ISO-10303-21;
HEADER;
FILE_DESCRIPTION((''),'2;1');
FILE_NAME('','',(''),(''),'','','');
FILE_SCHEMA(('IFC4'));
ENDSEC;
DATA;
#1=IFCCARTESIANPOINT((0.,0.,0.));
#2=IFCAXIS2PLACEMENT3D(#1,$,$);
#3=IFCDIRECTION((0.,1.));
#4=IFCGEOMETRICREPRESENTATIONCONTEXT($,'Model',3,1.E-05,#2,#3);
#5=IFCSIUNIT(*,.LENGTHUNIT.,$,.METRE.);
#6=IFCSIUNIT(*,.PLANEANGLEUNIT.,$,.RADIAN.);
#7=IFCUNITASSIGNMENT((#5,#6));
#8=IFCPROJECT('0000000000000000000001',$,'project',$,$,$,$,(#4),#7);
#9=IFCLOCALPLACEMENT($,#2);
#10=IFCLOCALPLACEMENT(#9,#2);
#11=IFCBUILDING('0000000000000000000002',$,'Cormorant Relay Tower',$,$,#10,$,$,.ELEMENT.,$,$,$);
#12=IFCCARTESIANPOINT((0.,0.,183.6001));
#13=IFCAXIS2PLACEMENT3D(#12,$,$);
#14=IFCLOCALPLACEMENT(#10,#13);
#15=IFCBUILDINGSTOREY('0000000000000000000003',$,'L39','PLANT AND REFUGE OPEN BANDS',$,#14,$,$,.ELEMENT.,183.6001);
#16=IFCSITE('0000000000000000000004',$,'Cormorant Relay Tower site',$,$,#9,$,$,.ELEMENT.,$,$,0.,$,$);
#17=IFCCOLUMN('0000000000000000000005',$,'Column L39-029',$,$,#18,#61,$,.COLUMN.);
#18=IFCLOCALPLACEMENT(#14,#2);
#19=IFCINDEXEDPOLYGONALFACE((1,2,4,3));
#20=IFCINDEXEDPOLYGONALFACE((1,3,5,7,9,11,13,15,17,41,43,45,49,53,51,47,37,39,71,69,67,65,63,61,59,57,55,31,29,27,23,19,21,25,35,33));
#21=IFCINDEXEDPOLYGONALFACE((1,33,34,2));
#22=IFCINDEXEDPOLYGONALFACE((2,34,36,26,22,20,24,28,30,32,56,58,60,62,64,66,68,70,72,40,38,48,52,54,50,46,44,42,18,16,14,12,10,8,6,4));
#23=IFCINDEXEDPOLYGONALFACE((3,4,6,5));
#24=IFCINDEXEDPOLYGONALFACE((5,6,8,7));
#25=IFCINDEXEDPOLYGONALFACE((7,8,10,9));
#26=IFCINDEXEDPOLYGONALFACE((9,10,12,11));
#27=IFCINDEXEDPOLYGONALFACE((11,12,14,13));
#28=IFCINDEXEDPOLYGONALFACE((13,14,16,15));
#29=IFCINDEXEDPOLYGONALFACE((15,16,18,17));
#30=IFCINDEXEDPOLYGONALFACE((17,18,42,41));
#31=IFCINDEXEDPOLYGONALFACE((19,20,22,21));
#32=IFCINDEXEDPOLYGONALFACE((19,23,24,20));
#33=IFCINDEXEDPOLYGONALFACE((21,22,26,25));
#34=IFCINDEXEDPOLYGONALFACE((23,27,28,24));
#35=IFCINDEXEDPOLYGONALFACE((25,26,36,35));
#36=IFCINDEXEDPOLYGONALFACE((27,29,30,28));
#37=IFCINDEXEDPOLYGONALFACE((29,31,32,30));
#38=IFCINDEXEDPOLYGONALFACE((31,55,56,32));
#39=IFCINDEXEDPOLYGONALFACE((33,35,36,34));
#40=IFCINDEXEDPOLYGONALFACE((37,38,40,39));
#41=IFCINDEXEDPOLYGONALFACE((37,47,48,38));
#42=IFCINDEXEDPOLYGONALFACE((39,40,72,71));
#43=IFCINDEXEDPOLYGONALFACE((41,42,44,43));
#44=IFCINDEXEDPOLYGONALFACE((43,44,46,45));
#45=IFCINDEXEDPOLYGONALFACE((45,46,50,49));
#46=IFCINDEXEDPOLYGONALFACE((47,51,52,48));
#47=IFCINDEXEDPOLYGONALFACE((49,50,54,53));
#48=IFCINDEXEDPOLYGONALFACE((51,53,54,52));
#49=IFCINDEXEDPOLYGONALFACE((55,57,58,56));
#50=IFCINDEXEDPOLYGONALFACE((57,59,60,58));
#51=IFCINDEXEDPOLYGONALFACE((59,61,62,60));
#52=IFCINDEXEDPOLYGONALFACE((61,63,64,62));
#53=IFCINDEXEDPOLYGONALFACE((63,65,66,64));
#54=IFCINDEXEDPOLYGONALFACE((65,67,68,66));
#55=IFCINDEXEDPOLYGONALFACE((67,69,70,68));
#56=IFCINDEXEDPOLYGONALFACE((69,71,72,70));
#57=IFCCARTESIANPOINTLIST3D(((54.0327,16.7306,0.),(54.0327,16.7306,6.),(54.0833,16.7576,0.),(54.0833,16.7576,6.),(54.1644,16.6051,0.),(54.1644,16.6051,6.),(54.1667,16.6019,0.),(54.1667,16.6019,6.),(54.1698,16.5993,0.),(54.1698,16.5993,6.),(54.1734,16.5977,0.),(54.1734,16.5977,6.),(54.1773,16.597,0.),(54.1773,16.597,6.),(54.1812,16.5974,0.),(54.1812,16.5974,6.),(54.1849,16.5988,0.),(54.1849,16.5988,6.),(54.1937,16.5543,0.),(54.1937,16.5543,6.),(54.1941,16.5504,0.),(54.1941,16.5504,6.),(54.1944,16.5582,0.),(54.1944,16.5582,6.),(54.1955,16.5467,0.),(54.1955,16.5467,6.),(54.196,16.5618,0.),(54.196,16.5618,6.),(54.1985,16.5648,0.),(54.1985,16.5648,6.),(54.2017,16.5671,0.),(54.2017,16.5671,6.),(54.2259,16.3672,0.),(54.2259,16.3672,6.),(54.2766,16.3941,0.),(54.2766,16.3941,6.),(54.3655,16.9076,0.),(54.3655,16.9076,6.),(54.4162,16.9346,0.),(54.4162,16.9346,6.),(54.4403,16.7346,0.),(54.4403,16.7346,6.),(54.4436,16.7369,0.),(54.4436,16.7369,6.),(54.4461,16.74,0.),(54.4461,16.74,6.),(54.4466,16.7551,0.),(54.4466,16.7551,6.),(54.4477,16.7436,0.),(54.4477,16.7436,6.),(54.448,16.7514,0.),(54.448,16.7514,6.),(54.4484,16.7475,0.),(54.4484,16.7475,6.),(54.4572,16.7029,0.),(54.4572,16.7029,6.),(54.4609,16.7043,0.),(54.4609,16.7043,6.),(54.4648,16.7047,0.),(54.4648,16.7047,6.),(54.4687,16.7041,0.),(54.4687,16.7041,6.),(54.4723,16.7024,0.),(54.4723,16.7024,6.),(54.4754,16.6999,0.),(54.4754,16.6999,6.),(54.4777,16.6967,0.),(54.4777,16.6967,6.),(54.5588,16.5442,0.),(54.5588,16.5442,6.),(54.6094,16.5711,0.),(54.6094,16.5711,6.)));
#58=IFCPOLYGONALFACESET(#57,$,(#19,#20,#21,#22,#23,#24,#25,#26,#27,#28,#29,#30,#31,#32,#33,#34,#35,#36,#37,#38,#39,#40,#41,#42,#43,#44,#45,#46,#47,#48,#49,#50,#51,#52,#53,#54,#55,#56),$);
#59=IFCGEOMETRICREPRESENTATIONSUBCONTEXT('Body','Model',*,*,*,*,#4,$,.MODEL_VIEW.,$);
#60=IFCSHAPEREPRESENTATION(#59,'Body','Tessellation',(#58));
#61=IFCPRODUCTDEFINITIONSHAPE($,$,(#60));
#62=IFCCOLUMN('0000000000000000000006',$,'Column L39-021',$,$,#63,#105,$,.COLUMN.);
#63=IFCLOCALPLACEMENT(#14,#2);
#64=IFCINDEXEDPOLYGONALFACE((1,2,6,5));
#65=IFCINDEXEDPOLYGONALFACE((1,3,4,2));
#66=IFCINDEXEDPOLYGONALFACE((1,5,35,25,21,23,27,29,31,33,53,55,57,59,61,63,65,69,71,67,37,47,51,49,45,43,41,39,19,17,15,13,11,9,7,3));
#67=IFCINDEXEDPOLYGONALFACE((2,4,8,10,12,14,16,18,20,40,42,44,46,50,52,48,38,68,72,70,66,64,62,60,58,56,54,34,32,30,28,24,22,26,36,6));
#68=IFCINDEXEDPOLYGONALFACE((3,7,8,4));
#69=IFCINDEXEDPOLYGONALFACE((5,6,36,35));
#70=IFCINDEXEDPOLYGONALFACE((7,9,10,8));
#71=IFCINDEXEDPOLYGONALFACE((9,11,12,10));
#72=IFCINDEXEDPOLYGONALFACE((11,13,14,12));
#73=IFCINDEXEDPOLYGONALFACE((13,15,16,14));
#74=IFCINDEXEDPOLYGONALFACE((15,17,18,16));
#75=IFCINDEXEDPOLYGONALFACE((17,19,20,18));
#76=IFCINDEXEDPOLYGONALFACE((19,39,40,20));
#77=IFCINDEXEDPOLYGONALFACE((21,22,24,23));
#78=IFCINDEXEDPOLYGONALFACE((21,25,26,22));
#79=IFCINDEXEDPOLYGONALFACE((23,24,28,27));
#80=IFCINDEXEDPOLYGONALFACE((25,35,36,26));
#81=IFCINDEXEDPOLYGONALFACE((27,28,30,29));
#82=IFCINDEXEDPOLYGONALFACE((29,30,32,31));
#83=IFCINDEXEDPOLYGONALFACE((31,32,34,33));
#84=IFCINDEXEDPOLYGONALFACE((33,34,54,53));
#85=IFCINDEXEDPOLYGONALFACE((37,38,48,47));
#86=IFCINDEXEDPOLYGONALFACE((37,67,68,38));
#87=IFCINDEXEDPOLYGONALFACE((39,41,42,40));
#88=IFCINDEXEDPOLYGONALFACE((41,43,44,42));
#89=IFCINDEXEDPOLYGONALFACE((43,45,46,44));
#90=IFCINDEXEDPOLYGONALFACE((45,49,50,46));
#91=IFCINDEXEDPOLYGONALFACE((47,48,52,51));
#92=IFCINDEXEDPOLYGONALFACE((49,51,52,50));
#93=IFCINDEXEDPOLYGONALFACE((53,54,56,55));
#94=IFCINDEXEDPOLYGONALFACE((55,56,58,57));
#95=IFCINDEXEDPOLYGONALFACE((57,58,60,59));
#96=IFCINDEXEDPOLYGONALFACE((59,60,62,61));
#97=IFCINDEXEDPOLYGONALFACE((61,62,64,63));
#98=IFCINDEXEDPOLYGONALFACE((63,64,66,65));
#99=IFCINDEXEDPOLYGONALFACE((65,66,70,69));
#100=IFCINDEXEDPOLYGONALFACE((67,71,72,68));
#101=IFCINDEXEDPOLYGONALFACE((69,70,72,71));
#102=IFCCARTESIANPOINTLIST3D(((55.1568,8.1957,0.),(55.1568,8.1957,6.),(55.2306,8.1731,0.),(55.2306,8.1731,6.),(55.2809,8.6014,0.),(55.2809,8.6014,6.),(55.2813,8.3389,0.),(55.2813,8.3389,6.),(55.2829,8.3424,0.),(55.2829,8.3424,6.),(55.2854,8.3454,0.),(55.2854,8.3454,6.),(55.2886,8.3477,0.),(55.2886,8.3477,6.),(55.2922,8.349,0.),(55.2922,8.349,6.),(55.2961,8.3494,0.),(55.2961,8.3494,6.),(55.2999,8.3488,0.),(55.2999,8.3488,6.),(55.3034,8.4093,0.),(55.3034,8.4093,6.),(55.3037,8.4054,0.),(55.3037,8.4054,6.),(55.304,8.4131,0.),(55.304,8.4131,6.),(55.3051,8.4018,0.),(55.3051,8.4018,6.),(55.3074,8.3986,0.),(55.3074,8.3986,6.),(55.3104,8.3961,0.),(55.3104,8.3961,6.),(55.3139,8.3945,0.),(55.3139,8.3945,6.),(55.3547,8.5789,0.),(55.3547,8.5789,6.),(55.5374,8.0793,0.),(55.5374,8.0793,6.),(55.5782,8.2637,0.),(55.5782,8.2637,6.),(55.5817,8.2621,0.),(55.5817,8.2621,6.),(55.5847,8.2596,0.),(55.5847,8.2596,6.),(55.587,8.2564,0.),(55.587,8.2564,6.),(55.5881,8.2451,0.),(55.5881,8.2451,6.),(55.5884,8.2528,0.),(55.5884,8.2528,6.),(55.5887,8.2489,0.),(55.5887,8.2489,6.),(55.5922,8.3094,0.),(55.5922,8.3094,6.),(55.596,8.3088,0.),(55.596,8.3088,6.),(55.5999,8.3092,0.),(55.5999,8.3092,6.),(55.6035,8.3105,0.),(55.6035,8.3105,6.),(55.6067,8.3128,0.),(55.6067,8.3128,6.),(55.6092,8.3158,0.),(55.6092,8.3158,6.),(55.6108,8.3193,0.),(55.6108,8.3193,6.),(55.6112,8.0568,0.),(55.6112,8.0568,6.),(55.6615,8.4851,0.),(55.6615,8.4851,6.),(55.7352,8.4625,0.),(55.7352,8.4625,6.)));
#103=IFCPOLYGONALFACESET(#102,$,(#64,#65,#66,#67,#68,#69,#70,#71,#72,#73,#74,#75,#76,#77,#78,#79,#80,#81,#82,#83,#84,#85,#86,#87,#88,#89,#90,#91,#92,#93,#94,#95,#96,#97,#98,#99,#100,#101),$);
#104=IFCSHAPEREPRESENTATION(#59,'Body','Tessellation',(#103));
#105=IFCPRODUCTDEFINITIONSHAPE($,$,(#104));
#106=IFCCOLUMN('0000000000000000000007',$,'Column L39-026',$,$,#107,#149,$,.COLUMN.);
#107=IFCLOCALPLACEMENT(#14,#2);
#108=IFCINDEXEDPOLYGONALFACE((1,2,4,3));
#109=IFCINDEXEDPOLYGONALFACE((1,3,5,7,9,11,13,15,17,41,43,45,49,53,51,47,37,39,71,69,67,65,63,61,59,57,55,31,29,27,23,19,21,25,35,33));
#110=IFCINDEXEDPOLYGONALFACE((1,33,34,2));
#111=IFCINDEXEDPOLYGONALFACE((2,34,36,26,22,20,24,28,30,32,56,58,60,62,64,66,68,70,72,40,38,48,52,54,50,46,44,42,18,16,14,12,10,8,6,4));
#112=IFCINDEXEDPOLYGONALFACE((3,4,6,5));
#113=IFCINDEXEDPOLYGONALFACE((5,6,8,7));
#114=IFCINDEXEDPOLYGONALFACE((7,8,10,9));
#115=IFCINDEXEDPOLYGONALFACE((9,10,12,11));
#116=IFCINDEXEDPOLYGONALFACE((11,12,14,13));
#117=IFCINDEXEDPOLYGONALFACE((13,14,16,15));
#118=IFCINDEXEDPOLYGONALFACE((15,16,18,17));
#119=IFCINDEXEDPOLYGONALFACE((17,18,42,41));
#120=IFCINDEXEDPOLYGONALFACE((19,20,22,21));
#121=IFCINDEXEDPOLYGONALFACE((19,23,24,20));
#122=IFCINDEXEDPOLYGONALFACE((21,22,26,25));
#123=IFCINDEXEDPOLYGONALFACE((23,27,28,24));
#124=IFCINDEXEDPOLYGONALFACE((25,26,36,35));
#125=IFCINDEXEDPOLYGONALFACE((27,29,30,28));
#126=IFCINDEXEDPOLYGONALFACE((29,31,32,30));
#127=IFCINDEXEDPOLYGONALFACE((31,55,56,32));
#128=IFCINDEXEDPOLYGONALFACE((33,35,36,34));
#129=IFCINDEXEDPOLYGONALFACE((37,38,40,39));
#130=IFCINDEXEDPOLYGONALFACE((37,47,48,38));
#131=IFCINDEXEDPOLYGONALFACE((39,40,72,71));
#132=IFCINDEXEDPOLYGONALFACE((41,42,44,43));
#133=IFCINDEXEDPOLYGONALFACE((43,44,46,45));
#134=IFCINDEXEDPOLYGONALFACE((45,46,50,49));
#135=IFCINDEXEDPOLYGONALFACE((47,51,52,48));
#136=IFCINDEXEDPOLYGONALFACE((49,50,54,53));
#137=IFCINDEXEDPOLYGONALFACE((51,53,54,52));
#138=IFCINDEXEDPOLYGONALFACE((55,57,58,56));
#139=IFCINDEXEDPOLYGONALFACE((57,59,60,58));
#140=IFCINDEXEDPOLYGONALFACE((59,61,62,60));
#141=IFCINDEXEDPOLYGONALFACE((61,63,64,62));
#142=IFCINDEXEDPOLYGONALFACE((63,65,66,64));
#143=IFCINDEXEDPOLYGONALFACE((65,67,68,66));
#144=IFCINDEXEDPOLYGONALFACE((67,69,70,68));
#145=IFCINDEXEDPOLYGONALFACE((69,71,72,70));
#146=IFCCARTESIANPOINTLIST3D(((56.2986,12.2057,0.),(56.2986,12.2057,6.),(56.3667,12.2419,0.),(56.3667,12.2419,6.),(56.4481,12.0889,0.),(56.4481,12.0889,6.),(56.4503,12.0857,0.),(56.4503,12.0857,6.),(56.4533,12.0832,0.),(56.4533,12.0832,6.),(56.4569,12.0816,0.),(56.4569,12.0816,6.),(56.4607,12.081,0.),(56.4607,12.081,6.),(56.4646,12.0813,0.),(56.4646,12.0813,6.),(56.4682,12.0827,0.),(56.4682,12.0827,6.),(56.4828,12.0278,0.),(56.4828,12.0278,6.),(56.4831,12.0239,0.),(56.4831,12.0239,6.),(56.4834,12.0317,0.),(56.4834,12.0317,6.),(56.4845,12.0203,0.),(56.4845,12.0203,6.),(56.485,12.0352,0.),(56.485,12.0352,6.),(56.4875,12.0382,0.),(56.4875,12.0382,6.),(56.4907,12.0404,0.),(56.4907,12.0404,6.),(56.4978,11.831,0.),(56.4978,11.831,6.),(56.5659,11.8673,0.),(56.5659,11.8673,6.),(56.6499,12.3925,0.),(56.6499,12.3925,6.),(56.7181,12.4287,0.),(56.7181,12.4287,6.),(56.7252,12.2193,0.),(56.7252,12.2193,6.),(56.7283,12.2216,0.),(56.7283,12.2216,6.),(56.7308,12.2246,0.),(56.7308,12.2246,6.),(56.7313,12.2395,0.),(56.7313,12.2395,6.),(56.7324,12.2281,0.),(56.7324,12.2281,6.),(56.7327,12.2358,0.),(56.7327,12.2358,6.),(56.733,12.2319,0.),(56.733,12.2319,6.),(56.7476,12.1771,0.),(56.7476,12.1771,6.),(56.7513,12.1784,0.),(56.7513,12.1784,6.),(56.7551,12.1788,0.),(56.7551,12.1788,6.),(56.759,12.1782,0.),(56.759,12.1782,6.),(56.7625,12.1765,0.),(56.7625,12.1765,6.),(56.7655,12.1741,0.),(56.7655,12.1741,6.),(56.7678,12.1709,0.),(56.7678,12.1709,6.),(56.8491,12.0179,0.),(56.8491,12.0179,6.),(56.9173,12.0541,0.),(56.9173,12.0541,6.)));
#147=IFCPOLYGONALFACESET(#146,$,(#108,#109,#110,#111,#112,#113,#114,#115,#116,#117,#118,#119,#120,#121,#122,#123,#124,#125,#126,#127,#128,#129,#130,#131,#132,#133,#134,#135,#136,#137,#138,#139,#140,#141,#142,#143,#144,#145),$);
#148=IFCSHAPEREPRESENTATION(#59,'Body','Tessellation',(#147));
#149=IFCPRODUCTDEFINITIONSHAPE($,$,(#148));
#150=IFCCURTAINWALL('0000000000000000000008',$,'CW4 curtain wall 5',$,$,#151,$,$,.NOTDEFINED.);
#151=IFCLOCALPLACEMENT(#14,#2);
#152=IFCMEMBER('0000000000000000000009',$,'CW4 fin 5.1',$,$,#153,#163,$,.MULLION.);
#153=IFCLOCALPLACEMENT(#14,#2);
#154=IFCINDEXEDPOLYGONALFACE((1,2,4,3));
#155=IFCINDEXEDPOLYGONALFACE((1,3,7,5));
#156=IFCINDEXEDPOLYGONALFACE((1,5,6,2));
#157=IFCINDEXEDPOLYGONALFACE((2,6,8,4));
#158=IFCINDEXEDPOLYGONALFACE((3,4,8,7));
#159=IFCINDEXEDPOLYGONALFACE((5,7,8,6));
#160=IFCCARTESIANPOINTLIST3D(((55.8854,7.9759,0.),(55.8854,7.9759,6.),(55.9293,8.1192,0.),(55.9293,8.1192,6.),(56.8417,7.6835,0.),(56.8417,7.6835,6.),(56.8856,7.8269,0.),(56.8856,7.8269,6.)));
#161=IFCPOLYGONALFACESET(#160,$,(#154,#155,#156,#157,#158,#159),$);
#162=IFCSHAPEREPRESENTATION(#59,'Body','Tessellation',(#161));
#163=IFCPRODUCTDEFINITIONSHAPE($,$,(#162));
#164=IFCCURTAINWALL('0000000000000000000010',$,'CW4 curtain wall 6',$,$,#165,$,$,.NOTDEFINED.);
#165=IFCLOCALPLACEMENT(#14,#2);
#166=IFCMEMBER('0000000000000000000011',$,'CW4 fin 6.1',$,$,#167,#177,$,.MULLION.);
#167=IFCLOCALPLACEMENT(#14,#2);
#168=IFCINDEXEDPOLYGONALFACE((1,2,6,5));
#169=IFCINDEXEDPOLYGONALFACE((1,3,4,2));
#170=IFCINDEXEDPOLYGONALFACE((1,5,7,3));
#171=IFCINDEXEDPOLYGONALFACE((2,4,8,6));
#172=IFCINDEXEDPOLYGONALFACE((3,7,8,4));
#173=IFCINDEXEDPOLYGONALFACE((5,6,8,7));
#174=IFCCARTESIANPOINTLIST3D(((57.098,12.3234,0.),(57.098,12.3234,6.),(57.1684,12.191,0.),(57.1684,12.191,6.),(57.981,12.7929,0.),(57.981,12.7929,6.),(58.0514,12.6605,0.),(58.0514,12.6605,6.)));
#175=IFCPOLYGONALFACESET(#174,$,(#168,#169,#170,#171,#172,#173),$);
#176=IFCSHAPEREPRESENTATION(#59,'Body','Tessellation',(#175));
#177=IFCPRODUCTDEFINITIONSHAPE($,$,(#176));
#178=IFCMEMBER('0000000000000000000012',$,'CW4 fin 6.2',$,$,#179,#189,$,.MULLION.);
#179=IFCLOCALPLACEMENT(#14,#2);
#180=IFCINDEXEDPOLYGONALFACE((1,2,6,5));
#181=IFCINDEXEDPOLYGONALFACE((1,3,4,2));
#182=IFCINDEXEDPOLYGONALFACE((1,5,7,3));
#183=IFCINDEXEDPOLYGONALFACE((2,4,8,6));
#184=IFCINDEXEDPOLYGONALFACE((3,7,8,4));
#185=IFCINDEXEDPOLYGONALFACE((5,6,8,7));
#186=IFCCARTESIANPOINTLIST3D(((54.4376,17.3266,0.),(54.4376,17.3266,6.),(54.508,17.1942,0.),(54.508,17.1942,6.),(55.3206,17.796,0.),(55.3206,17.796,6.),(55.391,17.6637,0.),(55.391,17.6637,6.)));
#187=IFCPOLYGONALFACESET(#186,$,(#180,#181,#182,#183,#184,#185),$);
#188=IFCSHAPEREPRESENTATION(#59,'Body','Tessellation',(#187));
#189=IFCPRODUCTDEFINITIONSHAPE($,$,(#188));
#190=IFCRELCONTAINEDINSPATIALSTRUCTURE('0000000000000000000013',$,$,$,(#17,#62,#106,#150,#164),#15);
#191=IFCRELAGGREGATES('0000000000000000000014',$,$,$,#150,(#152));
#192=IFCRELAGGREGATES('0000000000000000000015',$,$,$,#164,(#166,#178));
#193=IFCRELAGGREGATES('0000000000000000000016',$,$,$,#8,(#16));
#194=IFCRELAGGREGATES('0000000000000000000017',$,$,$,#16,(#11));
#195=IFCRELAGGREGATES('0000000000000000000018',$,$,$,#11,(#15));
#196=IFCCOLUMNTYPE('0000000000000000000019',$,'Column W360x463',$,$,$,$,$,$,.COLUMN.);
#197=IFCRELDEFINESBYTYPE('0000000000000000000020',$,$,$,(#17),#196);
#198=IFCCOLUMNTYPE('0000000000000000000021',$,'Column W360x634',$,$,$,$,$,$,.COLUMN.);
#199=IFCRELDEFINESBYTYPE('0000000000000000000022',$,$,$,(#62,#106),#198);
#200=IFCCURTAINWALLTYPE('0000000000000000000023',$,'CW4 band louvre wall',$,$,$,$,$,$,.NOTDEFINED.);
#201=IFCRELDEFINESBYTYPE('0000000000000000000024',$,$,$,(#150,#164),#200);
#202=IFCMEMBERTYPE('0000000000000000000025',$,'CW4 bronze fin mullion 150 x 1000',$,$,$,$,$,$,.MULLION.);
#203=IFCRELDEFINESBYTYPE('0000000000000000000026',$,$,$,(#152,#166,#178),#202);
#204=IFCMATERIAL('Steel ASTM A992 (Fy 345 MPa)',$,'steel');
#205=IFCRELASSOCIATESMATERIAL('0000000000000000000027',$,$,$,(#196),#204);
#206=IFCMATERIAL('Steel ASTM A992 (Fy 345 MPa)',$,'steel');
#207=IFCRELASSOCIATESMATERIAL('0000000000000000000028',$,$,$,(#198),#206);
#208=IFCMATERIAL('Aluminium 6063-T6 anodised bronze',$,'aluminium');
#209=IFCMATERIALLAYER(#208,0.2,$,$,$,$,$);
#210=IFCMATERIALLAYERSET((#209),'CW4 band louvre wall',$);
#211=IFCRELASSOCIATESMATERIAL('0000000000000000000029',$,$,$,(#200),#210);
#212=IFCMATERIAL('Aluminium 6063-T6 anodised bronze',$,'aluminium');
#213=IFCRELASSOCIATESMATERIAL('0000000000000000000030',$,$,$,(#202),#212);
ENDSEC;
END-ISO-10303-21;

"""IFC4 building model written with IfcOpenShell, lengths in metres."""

from ifc_helpers import new_model, si_unit, direction, frame, origin, origin_2d, place, context, subcontext, project, spatial, rectangle, i_section, extrude, material, layer, layer_set, material_profile, profile_set, type_object, element, aggregate, save


model = new_model("IFC4")

# Units and contexts
model_context = context("Model", 3, precision=1e-05, world=origin(), true_north=direction((0.0, 1.0)))
body_context = subcontext(model_context, "Body", "Model", "MODEL_VIEW")
ifc_project = project(units=[si_unit("LENGTHUNIT", "METRE"), si_unit("PLANEANGLEUNIT", "RADIAN")], contexts=[model_context])

# Site, building, storey
site_placement = place(None, origin())
site = spatial("IfcSite", under=ifc_project, at=site_placement, Name="Cormorant Relay Tower site", CompositionType="ELEMENT", RefElevation=0.0)
building_placement = place(site_placement, origin())
building = spatial("IfcBuilding", under=site, at=building_placement, Name="Cormorant Relay Tower", CompositionType="ELEMENT")
storey_placement = place(building_placement, frame((0.0, 0.0, 183.6001)))
storey = spatial("IfcBuildingStorey", under=building, at=storey_placement, Name="L39", Description="PLANT AND REFUGE OPEN BANDS", CompositionType="ELEMENT", Elevation=183.6001)

# Columns
ifc_material_1 = material(Name="Steel ASTM A992 (Fy 345 MPa)", Category="steel")
ifc_material_profile_1 = material_profile(ifc_material_1, i_section(OverallWidth=0.4116, OverallDepth=0.4343, WebThickness=0.0359, FlangeThickness=0.0574, FilletRadius=0.0151, at=origin_2d()), Name="W360x463")
ifc_profile_set_1 = profile_set([ifc_material_profile_1], Name="Steel ASTM A992 (Fy 345 MPa)")
column_type_1 = type_object("IfcColumnType", Name="Column W360x463", PredefinedType="COLUMN", material=ifc_profile_set_1)
column_placement = place(storey_placement, frame((54.321, 16.6509, 0.0), z_axis=(0.0, 0.0, 1.0), x_axis=(-0.469472, 0.882948, 0.0)))
element("IfcColumn", 1, at=column_placement, inside=storey, type_object=column_type_1, Name="Column L39-029", PredefinedType="COLUMN", context=body_context, shape_type="SweptSolid", body=[
    extrude(i_section(OverallWidth=0.4116, OverallDepth=0.4343, WebThickness=0.0359, FlangeThickness=0.0574, FilletRadius=0.0151, at=origin_2d()), origin(), (0.0, 0.0, 1.0), 6.0),
])
ifc_material_2 = material(Name="Steel ASTM A992 (Fy 345 MPa)", Category="steel")
ifc_material_profile_2 = material_profile(ifc_material_2, i_section(OverallWidth=0.4243, OverallDepth=0.4751, WebThickness=0.0479, FlangeThickness=0.0771, FilletRadius=0.0149, at=origin_2d()), Name="W360x634")
ifc_profile_set_2 = profile_set([ifc_material_profile_2], Name="Steel ASTM A992 (Fy 345 MPa)")
column_type_2 = type_object("IfcColumnType", Name="Column W360x634", PredefinedType="COLUMN", material=ifc_profile_set_2)
for number, where, z_axis, x_axis, name in (
    (2, (55.446, 8.3291, 0.0), (0.0, 0.0, 1.0), (0.292372, 0.956305, 0.0), "Column L39-021"),
    (3, (56.6079, 12.1299, 0.0), (0.0, 0.0, 1.0), (-0.469472, 0.882948, 0.0), "Column L39-026"),
):
    element("IfcColumn", number, at=place(storey_placement, frame(where, z_axis=z_axis, x_axis=x_axis)), inside=storey, type_object=column_type_2, Name=name, PredefinedType="COLUMN", context=body_context, shape_type="SweptSolid", body=[
        extrude(i_section(OverallWidth=0.4243, OverallDepth=0.4751, WebThickness=0.0479, FlangeThickness=0.0771, FilletRadius=0.0149, at=origin_2d()), origin(), (0.0, 0.0, 1.0), 6.0),
    ])

# Curtain wall, member
ifc_material_3 = material(Name="Aluminium 6063-T6 anodised bronze", Category="aluminium")
ifc_layer_1 = layer(ifc_material_3, 0.2)
ifc_layer_set_1 = layer_set([ifc_layer_1], Name="CW4 band louvre wall")
curtain_wall_type = type_object("IfcCurtainWallType", Name="CW4 band louvre wall", PredefinedType="NOTDEFINED", material=ifc_layer_set_1)
curtain_wall_1_placement = place(storey_placement, origin())
curtain_wall_1 = element("IfcCurtainWall", 4, at=curtain_wall_1_placement, inside=storey, type_object=curtain_wall_type, Name="CW4 curtain wall 5", PredefinedType="NOTDEFINED")
ifc_material_4 = material(Name="Aluminium 6063-T6 anodised bronze", Category="aluminium")
ifc_material_profile_3 = material_profile(ifc_material_4, rectangle(XDim=0.1499, YDim=1.0, at=origin_2d()), Name="AL 150x1000")
ifc_profile_set_3 = profile_set([ifc_material_profile_3], Name="Aluminium 6063-T6 anodised bronze")
member_type_1 = type_object("IfcMemberType", Name="CW4 bronze fin mullion 150 x 1000", PredefinedType="MULLION", material=ifc_profile_set_3)
member_1_placement = place(storey_placement, frame((56.3855, 7.9014, 0.0), z_axis=(0.0, 0.0, 1.0), x_axis=(0.292372, 0.956305, 0.0)))
member_1 = element("IfcMember", 5, at=member_1_placement, type_object=member_type_1, Name="CW4 fin 5.1", PredefinedType="MULLION", context=body_context, shape_type="SweptSolid", body=[
    extrude(rectangle(XDim=0.1499, YDim=1.0, at=origin_2d()), origin(), (0.0, 0.0, 1.0), 6.0),
])

# Curtain wall, members
curtain_wall_2_placement = place(storey_placement, origin())
curtain_wall_2 = element("IfcCurtainWall", 6, at=curtain_wall_2_placement, inside=storey, type_object=curtain_wall_type, Name="CW4 curtain wall 6", PredefinedType="NOTDEFINED")
member_2_placement = place(storey_placement, frame((57.5747, 12.4919, 0.0), z_axis=(0.0, 0.0, 1.0), x_axis=(-0.469472, 0.882948, 0.0)))
member_2 = element("IfcMember", 7, at=member_2_placement, type_object=member_type_1, Name="CW4 fin 6.1", PredefinedType="MULLION", context=body_context, shape_type="SweptSolid", body=[
    extrude(rectangle(XDim=0.1499, YDim=1.0, at=origin_2d()), origin(), (0.0, 0.0, 1.0), 6.0),
])
member_3_placement = place(storey_placement, frame((54.9143, 17.4951, 0.0), z_axis=(0.0, 0.0, 1.0), x_axis=(-0.469472, 0.882948, 0.0)))
member_3 = element("IfcMember", 8, at=member_3_placement, type_object=member_type_1, Name="CW4 fin 6.2", PredefinedType="MULLION", context=body_context, shape_type="SweptSolid", body=[
    extrude(rectangle(XDim=0.1499, YDim=1.0, at=origin_2d()), origin(), (0.0, 0.0, 1.0), 6.0),
])

aggregate(curtain_wall_1, [member_1])
aggregate(curtain_wall_2, [member_2, member_3])

save(model, "model.ifc")
